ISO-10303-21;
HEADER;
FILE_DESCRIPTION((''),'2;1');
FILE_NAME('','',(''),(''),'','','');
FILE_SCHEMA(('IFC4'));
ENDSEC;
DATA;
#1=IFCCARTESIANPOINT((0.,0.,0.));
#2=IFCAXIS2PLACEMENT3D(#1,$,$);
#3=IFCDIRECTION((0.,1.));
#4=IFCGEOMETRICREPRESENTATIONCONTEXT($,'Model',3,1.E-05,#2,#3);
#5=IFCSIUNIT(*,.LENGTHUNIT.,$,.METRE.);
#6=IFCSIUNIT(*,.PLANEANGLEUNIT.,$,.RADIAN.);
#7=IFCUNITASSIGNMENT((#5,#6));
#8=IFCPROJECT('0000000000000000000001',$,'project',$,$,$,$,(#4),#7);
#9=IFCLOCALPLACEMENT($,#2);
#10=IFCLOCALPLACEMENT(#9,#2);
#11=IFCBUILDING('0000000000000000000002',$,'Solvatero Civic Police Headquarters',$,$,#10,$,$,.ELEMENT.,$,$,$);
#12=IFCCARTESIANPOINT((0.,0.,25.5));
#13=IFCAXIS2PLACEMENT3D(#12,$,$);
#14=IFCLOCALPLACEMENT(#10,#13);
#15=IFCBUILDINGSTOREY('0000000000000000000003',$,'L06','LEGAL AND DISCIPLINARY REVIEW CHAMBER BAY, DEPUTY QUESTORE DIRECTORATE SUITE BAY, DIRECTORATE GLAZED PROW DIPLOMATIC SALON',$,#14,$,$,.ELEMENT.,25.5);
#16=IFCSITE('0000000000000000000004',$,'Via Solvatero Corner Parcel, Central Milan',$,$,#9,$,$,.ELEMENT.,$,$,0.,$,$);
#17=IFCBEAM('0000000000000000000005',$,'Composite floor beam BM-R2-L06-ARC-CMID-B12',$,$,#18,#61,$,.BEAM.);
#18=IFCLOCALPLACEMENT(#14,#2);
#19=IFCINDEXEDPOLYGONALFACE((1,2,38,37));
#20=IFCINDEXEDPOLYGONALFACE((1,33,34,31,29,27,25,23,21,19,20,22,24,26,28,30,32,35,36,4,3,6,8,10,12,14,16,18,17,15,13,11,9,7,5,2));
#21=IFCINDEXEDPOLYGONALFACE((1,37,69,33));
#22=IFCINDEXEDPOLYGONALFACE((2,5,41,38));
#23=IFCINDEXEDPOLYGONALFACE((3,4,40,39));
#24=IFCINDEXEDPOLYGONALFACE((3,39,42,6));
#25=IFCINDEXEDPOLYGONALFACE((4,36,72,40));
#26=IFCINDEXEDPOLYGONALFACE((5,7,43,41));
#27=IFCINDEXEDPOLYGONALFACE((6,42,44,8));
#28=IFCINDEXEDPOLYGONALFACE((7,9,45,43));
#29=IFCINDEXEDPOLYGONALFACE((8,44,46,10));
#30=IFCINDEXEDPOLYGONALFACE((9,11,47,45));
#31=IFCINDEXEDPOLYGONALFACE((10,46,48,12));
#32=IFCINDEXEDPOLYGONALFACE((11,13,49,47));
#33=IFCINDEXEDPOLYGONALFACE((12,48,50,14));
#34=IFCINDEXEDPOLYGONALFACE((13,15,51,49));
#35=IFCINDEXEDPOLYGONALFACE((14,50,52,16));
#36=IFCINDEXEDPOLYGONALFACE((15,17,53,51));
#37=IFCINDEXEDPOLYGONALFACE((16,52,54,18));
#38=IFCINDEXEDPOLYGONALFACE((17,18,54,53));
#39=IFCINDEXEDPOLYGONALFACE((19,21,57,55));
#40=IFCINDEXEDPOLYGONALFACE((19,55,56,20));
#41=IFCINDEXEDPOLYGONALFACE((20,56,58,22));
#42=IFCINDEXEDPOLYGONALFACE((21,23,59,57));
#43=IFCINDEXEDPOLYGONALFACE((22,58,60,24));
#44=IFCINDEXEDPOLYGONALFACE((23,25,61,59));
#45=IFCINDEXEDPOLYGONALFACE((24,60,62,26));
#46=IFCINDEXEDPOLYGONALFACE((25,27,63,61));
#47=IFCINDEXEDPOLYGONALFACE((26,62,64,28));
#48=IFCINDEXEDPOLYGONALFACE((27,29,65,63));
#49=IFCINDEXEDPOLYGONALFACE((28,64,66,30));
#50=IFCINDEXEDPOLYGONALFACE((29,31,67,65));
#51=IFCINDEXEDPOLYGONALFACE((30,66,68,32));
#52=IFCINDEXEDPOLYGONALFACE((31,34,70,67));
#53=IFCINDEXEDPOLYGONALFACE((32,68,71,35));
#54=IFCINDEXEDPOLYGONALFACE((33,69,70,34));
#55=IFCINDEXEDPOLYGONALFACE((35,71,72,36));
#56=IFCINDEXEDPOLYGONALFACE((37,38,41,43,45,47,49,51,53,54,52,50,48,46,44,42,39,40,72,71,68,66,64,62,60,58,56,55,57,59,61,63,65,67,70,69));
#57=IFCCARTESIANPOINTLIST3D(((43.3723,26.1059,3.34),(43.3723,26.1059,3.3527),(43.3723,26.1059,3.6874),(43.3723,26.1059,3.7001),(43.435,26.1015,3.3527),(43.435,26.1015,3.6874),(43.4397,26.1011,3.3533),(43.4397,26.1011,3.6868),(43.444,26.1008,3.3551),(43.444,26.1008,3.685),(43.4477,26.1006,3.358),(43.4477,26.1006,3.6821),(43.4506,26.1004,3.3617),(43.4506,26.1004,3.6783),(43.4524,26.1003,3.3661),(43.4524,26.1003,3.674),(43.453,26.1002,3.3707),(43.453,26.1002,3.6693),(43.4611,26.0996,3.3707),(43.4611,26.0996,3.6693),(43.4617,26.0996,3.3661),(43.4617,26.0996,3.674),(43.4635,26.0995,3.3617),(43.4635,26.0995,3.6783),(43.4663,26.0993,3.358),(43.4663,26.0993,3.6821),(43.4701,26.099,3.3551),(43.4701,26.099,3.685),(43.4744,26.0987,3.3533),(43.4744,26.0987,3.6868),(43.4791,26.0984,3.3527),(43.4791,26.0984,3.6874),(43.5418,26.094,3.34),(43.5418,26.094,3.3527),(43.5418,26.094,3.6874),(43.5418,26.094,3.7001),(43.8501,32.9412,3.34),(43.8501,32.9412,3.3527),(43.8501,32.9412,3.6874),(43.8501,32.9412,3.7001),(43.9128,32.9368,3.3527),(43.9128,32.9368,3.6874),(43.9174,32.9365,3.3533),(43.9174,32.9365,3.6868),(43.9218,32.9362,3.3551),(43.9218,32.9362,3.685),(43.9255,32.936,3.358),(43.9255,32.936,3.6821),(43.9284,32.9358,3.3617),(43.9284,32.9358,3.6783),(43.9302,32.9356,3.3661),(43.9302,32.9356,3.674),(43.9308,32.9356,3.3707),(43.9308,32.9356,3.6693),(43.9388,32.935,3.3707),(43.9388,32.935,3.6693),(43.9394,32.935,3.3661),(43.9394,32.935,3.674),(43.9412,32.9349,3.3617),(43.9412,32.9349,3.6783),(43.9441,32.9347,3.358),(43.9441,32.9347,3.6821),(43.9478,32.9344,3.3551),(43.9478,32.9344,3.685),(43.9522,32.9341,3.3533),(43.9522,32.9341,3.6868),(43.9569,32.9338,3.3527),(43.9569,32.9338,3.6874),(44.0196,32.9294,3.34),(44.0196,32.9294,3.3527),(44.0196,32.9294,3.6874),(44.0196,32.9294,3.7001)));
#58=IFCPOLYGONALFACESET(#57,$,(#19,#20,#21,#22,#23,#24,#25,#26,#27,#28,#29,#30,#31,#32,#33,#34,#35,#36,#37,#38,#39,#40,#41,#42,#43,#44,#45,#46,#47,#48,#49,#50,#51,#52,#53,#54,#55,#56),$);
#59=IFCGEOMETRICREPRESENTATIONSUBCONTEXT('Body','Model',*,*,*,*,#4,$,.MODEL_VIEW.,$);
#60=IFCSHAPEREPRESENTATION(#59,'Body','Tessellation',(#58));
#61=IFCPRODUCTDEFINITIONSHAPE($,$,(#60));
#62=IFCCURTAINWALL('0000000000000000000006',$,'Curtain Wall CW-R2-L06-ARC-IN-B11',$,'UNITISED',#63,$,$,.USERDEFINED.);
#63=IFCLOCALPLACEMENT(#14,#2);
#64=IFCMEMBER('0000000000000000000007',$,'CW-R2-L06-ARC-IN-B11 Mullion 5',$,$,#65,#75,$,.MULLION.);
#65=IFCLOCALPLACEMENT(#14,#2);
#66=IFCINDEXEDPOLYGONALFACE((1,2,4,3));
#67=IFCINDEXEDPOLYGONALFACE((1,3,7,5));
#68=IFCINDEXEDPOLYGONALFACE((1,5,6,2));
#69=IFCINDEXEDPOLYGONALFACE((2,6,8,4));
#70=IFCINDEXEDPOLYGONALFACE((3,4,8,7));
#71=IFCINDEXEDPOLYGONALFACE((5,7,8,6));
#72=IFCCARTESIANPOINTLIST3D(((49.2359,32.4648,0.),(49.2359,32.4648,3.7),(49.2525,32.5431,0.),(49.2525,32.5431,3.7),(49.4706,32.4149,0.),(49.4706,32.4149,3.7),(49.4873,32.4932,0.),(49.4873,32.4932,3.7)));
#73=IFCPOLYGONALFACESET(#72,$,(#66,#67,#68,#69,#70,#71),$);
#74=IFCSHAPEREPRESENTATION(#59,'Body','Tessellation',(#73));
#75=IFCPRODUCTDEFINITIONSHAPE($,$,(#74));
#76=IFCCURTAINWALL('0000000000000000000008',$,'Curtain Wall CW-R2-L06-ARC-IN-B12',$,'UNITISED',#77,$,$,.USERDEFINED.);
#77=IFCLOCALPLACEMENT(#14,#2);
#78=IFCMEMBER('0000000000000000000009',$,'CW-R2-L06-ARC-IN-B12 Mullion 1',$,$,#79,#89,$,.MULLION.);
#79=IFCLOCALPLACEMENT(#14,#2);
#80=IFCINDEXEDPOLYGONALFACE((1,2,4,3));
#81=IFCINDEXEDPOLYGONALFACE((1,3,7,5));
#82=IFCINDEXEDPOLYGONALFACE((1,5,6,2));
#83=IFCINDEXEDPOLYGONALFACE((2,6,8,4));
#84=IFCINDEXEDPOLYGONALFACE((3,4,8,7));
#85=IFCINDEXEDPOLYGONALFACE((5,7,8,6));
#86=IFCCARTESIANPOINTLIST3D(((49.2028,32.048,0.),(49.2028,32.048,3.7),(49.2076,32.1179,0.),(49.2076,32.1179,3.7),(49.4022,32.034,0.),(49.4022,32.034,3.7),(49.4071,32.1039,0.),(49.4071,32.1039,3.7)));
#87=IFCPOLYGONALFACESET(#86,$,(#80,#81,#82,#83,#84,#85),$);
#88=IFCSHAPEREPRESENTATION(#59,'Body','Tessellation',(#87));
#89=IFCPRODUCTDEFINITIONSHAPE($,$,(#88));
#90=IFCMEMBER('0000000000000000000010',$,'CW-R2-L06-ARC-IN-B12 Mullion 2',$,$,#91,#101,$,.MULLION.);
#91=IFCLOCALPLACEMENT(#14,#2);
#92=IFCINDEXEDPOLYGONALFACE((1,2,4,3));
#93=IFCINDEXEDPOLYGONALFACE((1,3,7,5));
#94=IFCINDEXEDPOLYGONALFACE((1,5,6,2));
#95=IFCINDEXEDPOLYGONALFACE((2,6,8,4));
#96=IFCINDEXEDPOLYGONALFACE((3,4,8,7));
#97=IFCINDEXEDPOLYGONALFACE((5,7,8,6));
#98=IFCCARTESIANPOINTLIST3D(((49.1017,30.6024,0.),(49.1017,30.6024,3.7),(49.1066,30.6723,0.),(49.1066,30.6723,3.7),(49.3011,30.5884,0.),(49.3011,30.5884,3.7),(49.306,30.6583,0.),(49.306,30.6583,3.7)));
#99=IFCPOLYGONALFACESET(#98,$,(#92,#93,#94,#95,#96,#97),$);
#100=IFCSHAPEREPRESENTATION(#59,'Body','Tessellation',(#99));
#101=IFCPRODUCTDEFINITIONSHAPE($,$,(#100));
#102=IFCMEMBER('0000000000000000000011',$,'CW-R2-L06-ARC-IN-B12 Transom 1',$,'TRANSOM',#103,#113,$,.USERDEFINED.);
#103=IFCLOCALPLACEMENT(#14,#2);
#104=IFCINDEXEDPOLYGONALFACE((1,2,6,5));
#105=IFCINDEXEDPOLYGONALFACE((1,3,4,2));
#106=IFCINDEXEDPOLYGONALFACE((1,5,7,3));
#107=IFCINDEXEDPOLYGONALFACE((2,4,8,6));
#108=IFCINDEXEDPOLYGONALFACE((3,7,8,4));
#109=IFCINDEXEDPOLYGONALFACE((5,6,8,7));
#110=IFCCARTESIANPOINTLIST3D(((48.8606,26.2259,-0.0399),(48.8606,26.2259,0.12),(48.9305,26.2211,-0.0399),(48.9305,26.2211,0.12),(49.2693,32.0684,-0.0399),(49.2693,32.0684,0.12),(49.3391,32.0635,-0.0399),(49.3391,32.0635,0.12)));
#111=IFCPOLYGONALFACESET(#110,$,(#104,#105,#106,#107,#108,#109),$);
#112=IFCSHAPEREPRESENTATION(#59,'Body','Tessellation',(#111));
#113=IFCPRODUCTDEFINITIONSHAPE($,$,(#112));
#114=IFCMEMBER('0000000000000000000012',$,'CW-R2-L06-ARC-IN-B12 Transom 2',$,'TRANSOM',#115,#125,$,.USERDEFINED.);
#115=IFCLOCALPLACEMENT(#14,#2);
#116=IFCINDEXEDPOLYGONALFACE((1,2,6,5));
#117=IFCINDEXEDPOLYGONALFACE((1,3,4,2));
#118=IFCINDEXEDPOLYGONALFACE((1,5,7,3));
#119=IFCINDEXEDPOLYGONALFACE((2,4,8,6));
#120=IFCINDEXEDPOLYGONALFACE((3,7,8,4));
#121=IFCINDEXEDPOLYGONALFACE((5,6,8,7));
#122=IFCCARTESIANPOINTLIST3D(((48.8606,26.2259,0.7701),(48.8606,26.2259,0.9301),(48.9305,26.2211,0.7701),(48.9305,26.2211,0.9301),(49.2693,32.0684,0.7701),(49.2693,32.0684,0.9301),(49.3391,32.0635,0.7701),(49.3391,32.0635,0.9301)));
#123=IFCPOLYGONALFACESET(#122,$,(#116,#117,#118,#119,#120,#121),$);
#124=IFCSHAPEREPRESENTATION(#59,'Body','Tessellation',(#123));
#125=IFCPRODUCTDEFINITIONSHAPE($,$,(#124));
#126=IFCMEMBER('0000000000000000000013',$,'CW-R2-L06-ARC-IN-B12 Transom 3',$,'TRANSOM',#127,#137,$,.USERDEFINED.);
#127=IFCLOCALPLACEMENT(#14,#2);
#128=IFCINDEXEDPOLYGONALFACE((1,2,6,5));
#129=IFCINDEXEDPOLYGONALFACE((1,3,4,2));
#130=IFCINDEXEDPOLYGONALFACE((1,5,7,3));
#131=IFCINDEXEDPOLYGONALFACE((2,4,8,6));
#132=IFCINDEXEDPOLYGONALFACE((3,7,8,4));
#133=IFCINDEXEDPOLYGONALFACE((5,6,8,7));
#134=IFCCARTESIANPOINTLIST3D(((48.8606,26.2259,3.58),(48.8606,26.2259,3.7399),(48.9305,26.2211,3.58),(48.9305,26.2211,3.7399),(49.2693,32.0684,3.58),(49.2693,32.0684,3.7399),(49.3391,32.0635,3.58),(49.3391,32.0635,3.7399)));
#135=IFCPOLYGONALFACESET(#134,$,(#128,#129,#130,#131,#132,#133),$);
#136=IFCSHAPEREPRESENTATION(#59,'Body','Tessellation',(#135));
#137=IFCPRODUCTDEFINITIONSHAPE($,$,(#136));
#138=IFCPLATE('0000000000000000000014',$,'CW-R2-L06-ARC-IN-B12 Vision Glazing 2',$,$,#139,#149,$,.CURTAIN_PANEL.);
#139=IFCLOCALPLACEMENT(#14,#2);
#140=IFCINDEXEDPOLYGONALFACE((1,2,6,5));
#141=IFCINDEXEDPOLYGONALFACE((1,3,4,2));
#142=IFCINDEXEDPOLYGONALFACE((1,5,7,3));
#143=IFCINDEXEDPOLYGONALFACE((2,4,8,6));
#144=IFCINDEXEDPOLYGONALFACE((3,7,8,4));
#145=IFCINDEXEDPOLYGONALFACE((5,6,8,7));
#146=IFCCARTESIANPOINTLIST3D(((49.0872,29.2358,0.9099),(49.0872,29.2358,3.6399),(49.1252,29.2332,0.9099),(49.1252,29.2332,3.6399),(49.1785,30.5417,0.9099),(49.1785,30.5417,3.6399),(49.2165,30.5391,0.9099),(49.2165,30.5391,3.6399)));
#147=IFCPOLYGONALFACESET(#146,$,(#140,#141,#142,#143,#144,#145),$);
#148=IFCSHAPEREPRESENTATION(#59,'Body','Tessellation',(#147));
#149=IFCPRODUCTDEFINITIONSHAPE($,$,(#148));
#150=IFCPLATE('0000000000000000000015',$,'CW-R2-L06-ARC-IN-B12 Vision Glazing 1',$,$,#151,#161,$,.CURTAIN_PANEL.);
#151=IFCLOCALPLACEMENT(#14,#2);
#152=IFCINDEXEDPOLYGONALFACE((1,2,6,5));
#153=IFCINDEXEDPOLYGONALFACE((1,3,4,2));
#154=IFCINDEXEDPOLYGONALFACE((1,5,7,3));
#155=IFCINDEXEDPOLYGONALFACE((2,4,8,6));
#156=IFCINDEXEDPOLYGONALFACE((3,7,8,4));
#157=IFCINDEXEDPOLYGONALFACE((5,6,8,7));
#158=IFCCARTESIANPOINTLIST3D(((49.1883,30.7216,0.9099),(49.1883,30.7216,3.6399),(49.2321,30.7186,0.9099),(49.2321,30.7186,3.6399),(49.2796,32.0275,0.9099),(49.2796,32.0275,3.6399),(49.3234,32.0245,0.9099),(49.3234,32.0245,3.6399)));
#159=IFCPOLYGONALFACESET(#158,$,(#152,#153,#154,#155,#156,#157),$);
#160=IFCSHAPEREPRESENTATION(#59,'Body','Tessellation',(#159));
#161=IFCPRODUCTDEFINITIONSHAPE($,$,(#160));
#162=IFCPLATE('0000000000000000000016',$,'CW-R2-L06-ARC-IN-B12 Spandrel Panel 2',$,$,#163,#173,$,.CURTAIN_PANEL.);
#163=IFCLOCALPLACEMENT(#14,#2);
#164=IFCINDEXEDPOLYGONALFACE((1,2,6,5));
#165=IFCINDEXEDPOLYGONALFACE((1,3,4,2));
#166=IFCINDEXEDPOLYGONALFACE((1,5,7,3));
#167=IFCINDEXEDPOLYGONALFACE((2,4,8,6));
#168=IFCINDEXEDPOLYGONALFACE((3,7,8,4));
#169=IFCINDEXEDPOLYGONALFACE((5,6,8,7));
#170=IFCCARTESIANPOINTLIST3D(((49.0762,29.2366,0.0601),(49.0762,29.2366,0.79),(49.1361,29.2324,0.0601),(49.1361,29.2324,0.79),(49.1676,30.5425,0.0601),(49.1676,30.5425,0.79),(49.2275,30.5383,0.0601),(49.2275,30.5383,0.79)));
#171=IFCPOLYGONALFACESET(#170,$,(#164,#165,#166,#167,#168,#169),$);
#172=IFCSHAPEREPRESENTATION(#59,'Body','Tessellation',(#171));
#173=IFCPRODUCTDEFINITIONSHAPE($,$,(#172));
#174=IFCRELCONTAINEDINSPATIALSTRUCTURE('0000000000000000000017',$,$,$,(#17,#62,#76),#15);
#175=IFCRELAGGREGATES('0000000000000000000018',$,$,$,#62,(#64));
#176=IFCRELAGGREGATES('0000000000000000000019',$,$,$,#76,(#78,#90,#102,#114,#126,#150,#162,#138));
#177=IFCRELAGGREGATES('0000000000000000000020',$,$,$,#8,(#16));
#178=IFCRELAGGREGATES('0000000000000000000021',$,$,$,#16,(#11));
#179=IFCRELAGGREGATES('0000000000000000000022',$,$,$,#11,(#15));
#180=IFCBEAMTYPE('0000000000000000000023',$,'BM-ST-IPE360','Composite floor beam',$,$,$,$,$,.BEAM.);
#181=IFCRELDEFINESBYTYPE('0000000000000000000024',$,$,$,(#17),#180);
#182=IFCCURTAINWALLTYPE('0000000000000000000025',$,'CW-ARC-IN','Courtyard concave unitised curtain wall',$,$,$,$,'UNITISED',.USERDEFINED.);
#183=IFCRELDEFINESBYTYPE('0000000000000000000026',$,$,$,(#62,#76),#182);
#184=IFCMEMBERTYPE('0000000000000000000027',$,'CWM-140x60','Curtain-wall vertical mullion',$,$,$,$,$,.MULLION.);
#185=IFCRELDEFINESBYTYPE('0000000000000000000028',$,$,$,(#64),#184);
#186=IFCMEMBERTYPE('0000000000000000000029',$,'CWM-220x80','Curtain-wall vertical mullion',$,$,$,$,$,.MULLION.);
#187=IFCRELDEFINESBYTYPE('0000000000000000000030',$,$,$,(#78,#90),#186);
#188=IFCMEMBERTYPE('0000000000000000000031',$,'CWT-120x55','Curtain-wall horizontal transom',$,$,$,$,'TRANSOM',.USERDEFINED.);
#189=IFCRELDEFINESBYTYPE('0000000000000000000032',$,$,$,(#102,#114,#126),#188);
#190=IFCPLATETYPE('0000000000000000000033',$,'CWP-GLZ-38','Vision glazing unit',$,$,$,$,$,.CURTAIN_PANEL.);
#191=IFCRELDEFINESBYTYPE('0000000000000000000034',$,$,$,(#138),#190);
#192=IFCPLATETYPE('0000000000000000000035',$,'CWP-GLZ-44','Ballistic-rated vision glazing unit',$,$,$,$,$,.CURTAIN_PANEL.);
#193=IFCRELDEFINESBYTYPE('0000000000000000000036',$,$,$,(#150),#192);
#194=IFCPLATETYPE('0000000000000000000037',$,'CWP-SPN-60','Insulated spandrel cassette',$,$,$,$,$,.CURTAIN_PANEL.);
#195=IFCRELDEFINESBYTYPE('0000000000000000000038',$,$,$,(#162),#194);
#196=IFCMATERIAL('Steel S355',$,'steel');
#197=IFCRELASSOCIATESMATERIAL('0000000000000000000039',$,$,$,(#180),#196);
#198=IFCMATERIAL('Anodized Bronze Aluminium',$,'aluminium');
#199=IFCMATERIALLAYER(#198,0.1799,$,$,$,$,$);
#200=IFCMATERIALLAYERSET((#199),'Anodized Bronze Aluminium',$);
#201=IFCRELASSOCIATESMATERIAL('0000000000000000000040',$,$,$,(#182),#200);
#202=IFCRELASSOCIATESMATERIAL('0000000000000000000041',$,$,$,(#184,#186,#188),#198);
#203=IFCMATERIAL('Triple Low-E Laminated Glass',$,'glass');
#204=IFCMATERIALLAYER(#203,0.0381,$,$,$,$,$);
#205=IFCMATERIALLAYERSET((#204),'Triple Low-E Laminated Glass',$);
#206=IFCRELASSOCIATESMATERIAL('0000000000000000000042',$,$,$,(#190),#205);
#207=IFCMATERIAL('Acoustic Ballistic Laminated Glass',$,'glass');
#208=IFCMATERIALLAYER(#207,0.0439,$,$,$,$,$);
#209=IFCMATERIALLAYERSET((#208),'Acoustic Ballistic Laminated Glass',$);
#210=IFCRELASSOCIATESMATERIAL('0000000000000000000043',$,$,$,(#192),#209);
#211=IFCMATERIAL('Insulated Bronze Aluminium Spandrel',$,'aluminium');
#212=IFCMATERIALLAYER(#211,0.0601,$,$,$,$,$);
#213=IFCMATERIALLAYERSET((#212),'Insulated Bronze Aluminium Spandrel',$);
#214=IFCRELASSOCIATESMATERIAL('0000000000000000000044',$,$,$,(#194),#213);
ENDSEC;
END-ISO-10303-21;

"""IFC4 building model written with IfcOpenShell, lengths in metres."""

from ifc_helpers import new_model, si_unit, direction, frame, origin, origin_2d, place, context, subcontext, project, spatial, rectangle, i_section, extrude, material, layer, layer_set, material_profile, profile_set, type_object, element, aggregate, save


model = new_model("IFC4")

# Units and contexts
model_context = context("Model", 3, precision=1e-05, world=origin(), true_north=direction((0.0, 1.0)))
body_context = subcontext(model_context, "Body", "Model", "MODEL_VIEW")
ifc_project = project(units=[si_unit("LENGTHUNIT", "METRE"), si_unit("PLANEANGLEUNIT", "RADIAN")], contexts=[model_context])

# Site, building, storey
site_placement = place(None, origin())
site = spatial("IfcSite", under=ifc_project, at=site_placement, Name="Via Solvatero Corner Parcel, Central Milan", CompositionType="ELEMENT", RefElevation=0.0)
building_placement = place(site_placement, origin())
building = spatial("IfcBuilding", under=site, at=building_placement, Name="Solvatero Civic Police Headquarters", CompositionType="ELEMENT")
storey_placement = place(building_placement, frame((0.0, 0.0, 25.5)))
storey = spatial("IfcBuildingStorey", under=building, at=storey_placement, Name="L06", Description="LEGAL AND DISCIPLINARY REVIEW CHAMBER BAY, DEPUTY QUESTORE DIRECTORATE SUITE BAY, DIRECTORATE GLAZED PROW DIPLOMATIC SALON", CompositionType="ELEMENT", Elevation=25.5)

# Shared definitions
ifc_material_1 = material(Name="Steel S355", Category="steel")

# Beam
ifc_material_profile_1 = material_profile(ifc_material_1, i_section(OverallWidth=0.1699, OverallDepth=0.3601, WebThickness=0.0081, FlangeThickness=0.0127, FilletRadius=0.0181, at=origin_2d()), Name="IPE 360")
ifc_profile_set_1 = profile_set([ifc_material_profile_1], Name="Steel S355")
beam_type_1 = type_object("IfcBeamType", Name="BM-ST-IPE360", Description="Composite floor beam", PredefinedType="BEAM", material=ifc_profile_set_1)
beam_1_placement = place(storey_placement, frame((43.9348, 32.9353, 3.52), z_axis=(-0.069728, -0.997566, 0.0), x_axis=(0.997566, -0.069728, 0.0)))
element("IfcBeam", 1, at=beam_1_placement, inside=storey, type_object=beam_type_1, Name="Composite floor beam BM-R2-L06-ARC-CMID-B12", PredefinedType="BEAM", context=body_context, shape_type="SweptSolid", body=[
    extrude(i_section(OverallWidth=0.1699, OverallDepth=0.3601, WebThickness=0.0081, FlangeThickness=0.0127, FilletRadius=0.0181, at=origin_2d()), origin(), (0.0, 0.0, 1.0), 6.8521),
])

# Curtain wall, member
ifc_material_2 = material(Name="Anodized Bronze Aluminium", Category="aluminium")
ifc_layer_1 = layer(ifc_material_2, 0.1799)
ifc_layer_set_1 = layer_set([ifc_layer_1], Name="Anodized Bronze Aluminium")
curtain_wall_type = type_object("IfcCurtainWallType", Name="CW-ARC-IN", Description="Courtyard concave unitised curtain wall", ElementType="UNITISED", PredefinedType="USERDEFINED", material=ifc_layer_set_1)
curtain_wall_1_placement = place(storey_placement, origin())
curtain_wall_1 = element("IfcCurtainWall", 2, at=curtain_wall_1_placement, inside=storey, type_object=curtain_wall_type, Name="Curtain Wall CW-R2-L06-ARC-IN-B11", ObjectType="UNITISED", PredefinedType="USERDEFINED")
ifc_material_profile_2 = material_profile(ifc_material_2, rectangle(XDim=0.0801, YDim=0.24, at=origin_2d()), Name="ALU MULLION 80x240")
ifc_profile_set_2 = profile_set([ifc_material_profile_2], Name="Anodized Bronze Aluminium")
member_type_1 = type_object("IfcMemberType", Name="CWM-140x60", Description="Curtain-wall vertical mullion", PredefinedType="MULLION", material=ifc_profile_set_2)
member_1_placement = place(storey_placement, frame((49.3616, 32.479, 0.0), z_axis=(0.0, 0.0, 1.0), x_axis=(-0.207912, -0.978148, 0.0)))
member_1 = element("IfcMember", 3, at=member_1_placement, type_object=member_type_1, Name="CW-R2-L06-ARC-IN-B11 Mullion 5", PredefinedType="MULLION", context=body_context, shape_type="SweptSolid", body=[
    extrude(rectangle(XDim=0.0801, YDim=0.24, at=origin_2d()), origin(), (0.0, 0.0, 1.0), 3.7),
])
aggregate(curtain_wall_1, [member_1])

# Curtain wall, members, plates
curtain_wall_2_placement = place(storey_placement, origin())
curtain_wall_2 = element("IfcCurtainWall", 4, at=curtain_wall_2_placement, inside=storey, type_object=curtain_wall_type, Name="Curtain Wall CW-R2-L06-ARC-IN-B12", ObjectType="UNITISED", PredefinedType="USERDEFINED")
ifc_material_profile_3 = material_profile(ifc_material_2, rectangle(XDim=0.0701, YDim=0.2, at=origin_2d()), Name="ALU MULLION 70x200")
ifc_profile_set_3 = profile_set([ifc_material_profile_3], Name="Anodized Bronze Aluminium")
member_type_2 = type_object("IfcMemberType", Name="CWM-220x80", Description="Curtain-wall vertical mullion", PredefinedType="MULLION", material=ifc_profile_set_3)
member_2_placement = place(storey_placement, frame((49.3049, 32.0759, 0.0), z_axis=(0.0, 0.0, 1.0), x_axis=(-0.069774, -0.997563, 0.0)))
member_2 = element("IfcMember", 5, at=member_2_placement, type_object=member_type_2, Name="CW-R2-L06-ARC-IN-B12 Mullion 1", PredefinedType="MULLION", context=body_context, shape_type="SweptSolid", body=[
    extrude(rectangle(XDim=0.0701, YDim=0.2, at=origin_2d()), origin(), (0.0, 0.0, 1.0), 3.7),
])
member_3_placement = place(storey_placement, frame((49.2039, 30.6304, 0.0), z_axis=(0.0, 0.0, 1.0), x_axis=(-0.069774, -0.997563, 0.0)))
member_3 = element("IfcMember", 6, at=member_3_placement, type_object=member_type_2, Name="CW-R2-L06-ARC-IN-B12 Mullion 2", PredefinedType="MULLION", context=body_context, shape_type="SweptSolid", body=[
    extrude(rectangle(XDim=0.0701, YDim=0.2, at=origin_2d()), origin(), (0.0, 0.0, 1.0), 3.7),
])
ifc_material_profile_4 = material_profile(ifc_material_2, rectangle(XDim=0.0701, YDim=0.1599, at=origin_2d()), Name="ALU TRANSOM 70x160")
ifc_profile_set_4 = profile_set([ifc_material_profile_4], Name="Anodized Bronze Aluminium")
member_type_3 = type_object("IfcMemberType", Name="CWT-120x55", Description="Curtain-wall horizontal transom", ElementType="TRANSOM", PredefinedType="USERDEFINED", material=ifc_profile_set_4)
member_4_placement = place(storey_placement, frame((49.3042, 32.0659, 0.04), z_axis=(-0.069781, -0.997562, 0.0), x_axis=(0.997562, -0.069781, 0.0)))
member_4 = element("IfcMember", 7, at=member_4_placement, type_object=member_type_3, Name="CW-R2-L06-ARC-IN-B12 Transom 1", ObjectType="TRANSOM", PredefinedType="USERDEFINED", context=body_context, shape_type="SweptSolid", body=[
    extrude(rectangle(XDim=0.0701, YDim=0.1599, at=origin_2d()), origin(), (0.0, 0.0, 1.0), 5.8567),
])
member_5_placement = place(storey_placement, frame((49.3042, 32.0659, 0.8501), z_axis=(-0.069781, -0.997562, 0.0), x_axis=(0.997562, -0.069781, 0.0)))
member_5 = element("IfcMember", 8, at=member_5_placement, type_object=member_type_3, Name="CW-R2-L06-ARC-IN-B12 Transom 2", ObjectType="TRANSOM", PredefinedType="USERDEFINED", context=body_context, shape_type="SweptSolid", body=[
    extrude(rectangle(XDim=0.0701, YDim=0.1599, at=origin_2d()), origin(), (0.0, 0.0, 1.0), 5.8567),
])
member_6_placement = place(storey_placement, frame((49.3042, 32.0659, 3.6599), z_axis=(-0.069781, -0.997562, 0.0), x_axis=(0.997562, -0.069781, 0.0)))
member_6 = element("IfcMember", 9, at=member_6_placement, type_object=member_type_3, Name="CW-R2-L06-ARC-IN-B12 Transom 3", ObjectType="TRANSOM", PredefinedType="USERDEFINED", context=body_context, shape_type="SweptSolid", body=[
    extrude(rectangle(XDim=0.0701, YDim=0.1599, at=origin_2d()), origin(), (0.0, 0.0, 1.0), 5.8567),
])
ifc_material_3 = material(Name="Triple Low-E Laminated Glass", Category="glass")
ifc_layer_2 = layer(ifc_material_3, 0.0381)
ifc_layer_set_2 = layer_set([ifc_layer_2], Name="Triple Low-E Laminated Glass")
plate_type_1 = type_object("IfcPlateType", Name="CWP-GLZ-38", Description="Vision glazing unit", PredefinedType="CURTAIN_PANEL", material=ifc_layer_set_2)
plate_1_placement = place(storey_placement, frame((49.1519, 29.8875, 0.9099), z_axis=(0.0, 0.0, 1.0), x_axis=(-0.069774, -0.997563, 0.0)))
plate_1 = element("IfcPlate", 10, at=plate_1_placement, type_object=plate_type_1, Name="CW-R2-L06-ARC-IN-B12 Vision Glazing 2", PredefinedType="CURTAIN_PANEL", context=body_context, shape_type="SweptSolid", body=[
    extrude(rectangle(XDim=1.3091, YDim=0.0381, at=origin_2d()), origin(), (0.0, 0.0, 1.0), 2.73),
])
ifc_material_4 = material(Name="Acoustic Ballistic Laminated Glass", Category="glass")
ifc_layer_3 = layer(ifc_material_4, 0.0439)
ifc_layer_set_3 = layer_set([ifc_layer_3], Name="Acoustic Ballistic Laminated Glass")
plate_type_2 = type_object("IfcPlateType", Name="CWP-GLZ-44", Description="Ballistic-rated vision glazing unit", PredefinedType="CURTAIN_PANEL", material=ifc_layer_set_3)
plate_2_placement = place(storey_placement, frame((49.2559, 31.373, 0.9099), z_axis=(0.0, 0.0, 1.0), x_axis=(-0.069774, -0.997563, 0.0)))
plate_2 = element("IfcPlate", 11, at=plate_2_placement, type_object=plate_type_2, Name="CW-R2-L06-ARC-IN-B12 Vision Glazing 1", PredefinedType="CURTAIN_PANEL", context=body_context, shape_type="SweptSolid", body=[
    extrude(rectangle(XDim=1.3091, YDim=0.0439, at=origin_2d()), origin(), (0.0, 0.0, 1.0), 2.73),
])
ifc_material_5 = material(Name="Insulated Bronze Aluminium Spandrel", Category="aluminium")
ifc_layer_4 = layer(ifc_material_5, 0.0601)
ifc_layer_set_4 = layer_set([ifc_layer_4], Name="Insulated Bronze Aluminium Spandrel")
plate_type_3 = type_object("IfcPlateType", Name="CWP-SPN-60", Description="Insulated spandrel cassette", PredefinedType="CURTAIN_PANEL", material=ifc_layer_set_4)
plate_3_placement = place(storey_placement, frame((49.1519, 29.8875, 0.0601), z_axis=(0.0, 0.0, 1.0), x_axis=(-0.069774, -0.997563, 0.0)))
plate_3 = element("IfcPlate", 12, at=plate_3_placement, type_object=plate_type_3, Name="CW-R2-L06-ARC-IN-B12 Spandrel Panel 2", PredefinedType="CURTAIN_PANEL", context=body_context, shape_type="SweptSolid", body=[
    extrude(rectangle(XDim=1.3091, YDim=0.0601, at=origin_2d()), origin(), (0.0, 0.0, 1.0), 0.73),
])
aggregate(curtain_wall_2, [member_2, member_3, member_4, member_5, member_6, plate_2, plate_3, plate_1])

save(model, "model.ifc")
